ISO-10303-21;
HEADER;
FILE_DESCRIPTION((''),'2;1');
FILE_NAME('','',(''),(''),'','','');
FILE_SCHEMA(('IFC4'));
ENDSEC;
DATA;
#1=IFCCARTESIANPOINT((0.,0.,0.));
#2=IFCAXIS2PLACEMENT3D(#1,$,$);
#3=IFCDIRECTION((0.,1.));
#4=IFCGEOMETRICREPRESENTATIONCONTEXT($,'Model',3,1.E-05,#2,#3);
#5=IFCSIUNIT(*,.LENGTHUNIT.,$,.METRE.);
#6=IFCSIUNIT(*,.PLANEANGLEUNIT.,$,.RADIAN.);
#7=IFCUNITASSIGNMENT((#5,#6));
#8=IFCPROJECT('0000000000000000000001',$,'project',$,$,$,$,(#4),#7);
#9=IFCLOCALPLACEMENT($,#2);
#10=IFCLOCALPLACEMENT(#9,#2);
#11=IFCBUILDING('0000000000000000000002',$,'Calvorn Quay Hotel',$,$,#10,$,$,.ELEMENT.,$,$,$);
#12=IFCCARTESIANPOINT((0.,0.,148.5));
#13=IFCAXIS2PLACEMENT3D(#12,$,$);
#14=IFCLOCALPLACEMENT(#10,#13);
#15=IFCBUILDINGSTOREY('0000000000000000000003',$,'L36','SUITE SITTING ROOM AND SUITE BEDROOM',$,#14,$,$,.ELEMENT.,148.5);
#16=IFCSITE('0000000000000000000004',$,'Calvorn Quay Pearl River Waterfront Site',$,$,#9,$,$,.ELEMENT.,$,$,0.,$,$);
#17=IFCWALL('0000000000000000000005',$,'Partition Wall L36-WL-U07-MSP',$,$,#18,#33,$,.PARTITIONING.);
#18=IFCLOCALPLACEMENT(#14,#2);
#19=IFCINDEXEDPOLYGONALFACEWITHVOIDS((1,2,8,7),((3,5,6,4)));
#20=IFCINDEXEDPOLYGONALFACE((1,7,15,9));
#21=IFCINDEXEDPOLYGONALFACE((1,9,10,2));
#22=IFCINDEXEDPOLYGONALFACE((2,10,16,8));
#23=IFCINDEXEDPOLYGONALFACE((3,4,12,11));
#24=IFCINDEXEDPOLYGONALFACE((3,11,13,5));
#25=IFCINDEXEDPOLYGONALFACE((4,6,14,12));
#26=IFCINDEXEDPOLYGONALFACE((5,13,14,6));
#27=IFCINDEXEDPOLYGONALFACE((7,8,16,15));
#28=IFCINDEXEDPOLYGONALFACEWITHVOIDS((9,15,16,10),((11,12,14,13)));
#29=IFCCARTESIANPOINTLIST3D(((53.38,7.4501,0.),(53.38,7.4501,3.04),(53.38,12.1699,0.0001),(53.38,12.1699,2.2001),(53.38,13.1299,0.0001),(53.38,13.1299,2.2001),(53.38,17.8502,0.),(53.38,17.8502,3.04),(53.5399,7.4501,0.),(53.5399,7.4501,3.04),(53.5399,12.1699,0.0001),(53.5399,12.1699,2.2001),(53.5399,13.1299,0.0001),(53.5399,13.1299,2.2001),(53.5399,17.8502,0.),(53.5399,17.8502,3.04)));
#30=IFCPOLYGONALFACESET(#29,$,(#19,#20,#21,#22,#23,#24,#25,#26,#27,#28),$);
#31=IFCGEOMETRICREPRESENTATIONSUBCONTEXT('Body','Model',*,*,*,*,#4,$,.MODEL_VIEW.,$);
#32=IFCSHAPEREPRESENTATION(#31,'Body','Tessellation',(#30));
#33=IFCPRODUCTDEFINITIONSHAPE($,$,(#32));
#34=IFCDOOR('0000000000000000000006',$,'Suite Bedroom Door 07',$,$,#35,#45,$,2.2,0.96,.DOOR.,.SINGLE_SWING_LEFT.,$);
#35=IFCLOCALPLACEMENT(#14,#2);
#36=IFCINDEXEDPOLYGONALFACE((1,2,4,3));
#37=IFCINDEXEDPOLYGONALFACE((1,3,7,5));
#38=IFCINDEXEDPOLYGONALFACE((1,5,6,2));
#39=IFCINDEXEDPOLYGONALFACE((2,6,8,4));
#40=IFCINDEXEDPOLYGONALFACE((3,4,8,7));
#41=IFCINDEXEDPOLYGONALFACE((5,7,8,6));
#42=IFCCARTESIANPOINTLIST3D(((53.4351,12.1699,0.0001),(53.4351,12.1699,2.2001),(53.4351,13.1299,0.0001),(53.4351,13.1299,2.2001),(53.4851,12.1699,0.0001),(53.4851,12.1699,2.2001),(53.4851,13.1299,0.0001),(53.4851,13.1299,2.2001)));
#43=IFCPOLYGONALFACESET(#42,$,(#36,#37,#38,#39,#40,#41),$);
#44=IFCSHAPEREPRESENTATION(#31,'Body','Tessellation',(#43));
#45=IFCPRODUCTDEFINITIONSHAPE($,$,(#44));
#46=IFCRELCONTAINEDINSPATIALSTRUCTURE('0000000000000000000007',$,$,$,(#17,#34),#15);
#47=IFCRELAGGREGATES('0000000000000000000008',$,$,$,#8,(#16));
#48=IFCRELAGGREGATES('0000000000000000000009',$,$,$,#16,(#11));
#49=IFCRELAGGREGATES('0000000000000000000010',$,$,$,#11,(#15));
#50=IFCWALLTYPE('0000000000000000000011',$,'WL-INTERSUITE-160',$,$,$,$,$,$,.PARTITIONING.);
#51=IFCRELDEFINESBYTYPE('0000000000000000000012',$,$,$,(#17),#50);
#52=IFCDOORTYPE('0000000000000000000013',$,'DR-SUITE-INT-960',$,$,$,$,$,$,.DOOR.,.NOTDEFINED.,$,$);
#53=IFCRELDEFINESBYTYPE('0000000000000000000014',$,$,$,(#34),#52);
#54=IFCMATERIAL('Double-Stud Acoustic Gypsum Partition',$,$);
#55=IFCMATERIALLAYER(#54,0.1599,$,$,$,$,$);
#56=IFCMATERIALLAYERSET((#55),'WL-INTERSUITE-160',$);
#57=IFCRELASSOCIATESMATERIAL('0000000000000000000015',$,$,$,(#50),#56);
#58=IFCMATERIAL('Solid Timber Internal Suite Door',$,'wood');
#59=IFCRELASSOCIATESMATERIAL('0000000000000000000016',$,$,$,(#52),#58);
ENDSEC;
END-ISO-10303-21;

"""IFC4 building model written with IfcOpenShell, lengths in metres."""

from ifc_helpers import new_model, si_unit, direction, frame, frame_2d, origin, place, context, subcontext, project, spatial, rectangle, extrude, material, layer, layer_set, type_object, element, fill, save


model = new_model("IFC4")

# Units and contexts
model_context = context("Model", 3, precision=1e-05, world=origin(), true_north=direction((0.0, 1.0)))
body_context = subcontext(model_context, "Body", "Model", "MODEL_VIEW")
ifc_project = project(units=[si_unit("LENGTHUNIT", "METRE"), si_unit("PLANEANGLEUNIT", "RADIAN")], contexts=[model_context])

# Site, building, storey
site_placement = place(None, origin())
site = spatial("IfcSite", under=ifc_project, at=site_placement, Name="Calvorn Quay Pearl River Waterfront Site", CompositionType="ELEMENT", RefElevation=0.0)
building_placement = place(site_placement, origin())
building = spatial("IfcBuilding", under=site, at=building_placement, Name="Calvorn Quay Hotel", CompositionType="ELEMENT")
storey_placement = place(building_placement, frame((0.0, 0.0, 148.5)))
storey = spatial("IfcBuildingStorey", under=building, at=storey_placement, Name="L36", Description="SUITE SITTING ROOM AND SUITE BEDROOM", CompositionType="ELEMENT", Elevation=148.5)

# Wall, opening, door
ifc_material_1 = material(Name="Double-Stud Acoustic Gypsum Partition")
ifc_layer_1 = layer(ifc_material_1, 0.1599)
ifc_layer_set_1 = layer_set([ifc_layer_1], Name="WL-INTERSUITE-160")
wall_type_1 = type_object("IfcWallType", Name="WL-INTERSUITE-160", PredefinedType="PARTITIONING", material=ifc_layer_set_1)
wall_1_placement = place(storey_placement, frame((53.46, 7.45, 0.0), z_axis=(0.0, 0.0, 1.0), x_axis=(0.0, 1.0, 0.0)))
wall_1 = element("IfcWall", 1, at=wall_1_placement, inside=storey, type_object=wall_type_1, Name="Partition Wall L36-WL-U07-MSP", PredefinedType="PARTITIONING", context=body_context, shape_type="SweptSolid", body=[
    extrude(rectangle(XDim=10.4001, YDim=0.1599, at=frame_2d((5.2002, 0.0))), origin(), (0.0, 0.0, 1.0), 3.04),
])
opening_1_placement = place(wall_1_placement, frame((4.72, 0.0, 0.0)))
opening_1 = element("IfcOpeningElement", 2, at=opening_1_placement, cuts=wall_1, PredefinedType="OPENING", context=body_context, shape_type="SweptSolid", body=[
    extrude(rectangle(XDim=0.96, YDim=2.2, at=frame_2d((0.48, 1.1001))), frame((0.0, 0.0898, 0.0), z_axis=(0.0, -1.0, 0.0), x_axis=(1.0, 0.0, 0.0)), (0.0, 0.0, 1.0), 0.1799),
])
ifc_material_2 = material(Name="Solid Timber Internal Suite Door", Category="wood")
door_type_1 = type_object("IfcDoorType", Name="DR-SUITE-INT-960", OperationType="NOTDEFINED", PredefinedType="DOOR", material=ifc_material_2)
door_1_placement = place(opening_1_placement, origin())
door_1 = element("IfcDoor", 3, at=door_1_placement, inside=storey, type_object=door_type_1, Name="Suite Bedroom Door 07", OperationType="SINGLE_SWING_LEFT", OverallHeight=2.2, OverallWidth=0.96, PredefinedType="DOOR", context=body_context, shape_type="SweptSolid", body=[
    extrude(rectangle(XDim=0.96, YDim=2.2, at=frame_2d((0.48, 1.1001))), frame((0.0, 0.0249, 0.0), z_axis=(0.0, -1.0, 0.0), x_axis=(1.0, 0.0, 0.0)), (0.0, 0.0, 1.0), 0.05),
])
fill(opening_1, door_1)

save(model, "model.ifc")
